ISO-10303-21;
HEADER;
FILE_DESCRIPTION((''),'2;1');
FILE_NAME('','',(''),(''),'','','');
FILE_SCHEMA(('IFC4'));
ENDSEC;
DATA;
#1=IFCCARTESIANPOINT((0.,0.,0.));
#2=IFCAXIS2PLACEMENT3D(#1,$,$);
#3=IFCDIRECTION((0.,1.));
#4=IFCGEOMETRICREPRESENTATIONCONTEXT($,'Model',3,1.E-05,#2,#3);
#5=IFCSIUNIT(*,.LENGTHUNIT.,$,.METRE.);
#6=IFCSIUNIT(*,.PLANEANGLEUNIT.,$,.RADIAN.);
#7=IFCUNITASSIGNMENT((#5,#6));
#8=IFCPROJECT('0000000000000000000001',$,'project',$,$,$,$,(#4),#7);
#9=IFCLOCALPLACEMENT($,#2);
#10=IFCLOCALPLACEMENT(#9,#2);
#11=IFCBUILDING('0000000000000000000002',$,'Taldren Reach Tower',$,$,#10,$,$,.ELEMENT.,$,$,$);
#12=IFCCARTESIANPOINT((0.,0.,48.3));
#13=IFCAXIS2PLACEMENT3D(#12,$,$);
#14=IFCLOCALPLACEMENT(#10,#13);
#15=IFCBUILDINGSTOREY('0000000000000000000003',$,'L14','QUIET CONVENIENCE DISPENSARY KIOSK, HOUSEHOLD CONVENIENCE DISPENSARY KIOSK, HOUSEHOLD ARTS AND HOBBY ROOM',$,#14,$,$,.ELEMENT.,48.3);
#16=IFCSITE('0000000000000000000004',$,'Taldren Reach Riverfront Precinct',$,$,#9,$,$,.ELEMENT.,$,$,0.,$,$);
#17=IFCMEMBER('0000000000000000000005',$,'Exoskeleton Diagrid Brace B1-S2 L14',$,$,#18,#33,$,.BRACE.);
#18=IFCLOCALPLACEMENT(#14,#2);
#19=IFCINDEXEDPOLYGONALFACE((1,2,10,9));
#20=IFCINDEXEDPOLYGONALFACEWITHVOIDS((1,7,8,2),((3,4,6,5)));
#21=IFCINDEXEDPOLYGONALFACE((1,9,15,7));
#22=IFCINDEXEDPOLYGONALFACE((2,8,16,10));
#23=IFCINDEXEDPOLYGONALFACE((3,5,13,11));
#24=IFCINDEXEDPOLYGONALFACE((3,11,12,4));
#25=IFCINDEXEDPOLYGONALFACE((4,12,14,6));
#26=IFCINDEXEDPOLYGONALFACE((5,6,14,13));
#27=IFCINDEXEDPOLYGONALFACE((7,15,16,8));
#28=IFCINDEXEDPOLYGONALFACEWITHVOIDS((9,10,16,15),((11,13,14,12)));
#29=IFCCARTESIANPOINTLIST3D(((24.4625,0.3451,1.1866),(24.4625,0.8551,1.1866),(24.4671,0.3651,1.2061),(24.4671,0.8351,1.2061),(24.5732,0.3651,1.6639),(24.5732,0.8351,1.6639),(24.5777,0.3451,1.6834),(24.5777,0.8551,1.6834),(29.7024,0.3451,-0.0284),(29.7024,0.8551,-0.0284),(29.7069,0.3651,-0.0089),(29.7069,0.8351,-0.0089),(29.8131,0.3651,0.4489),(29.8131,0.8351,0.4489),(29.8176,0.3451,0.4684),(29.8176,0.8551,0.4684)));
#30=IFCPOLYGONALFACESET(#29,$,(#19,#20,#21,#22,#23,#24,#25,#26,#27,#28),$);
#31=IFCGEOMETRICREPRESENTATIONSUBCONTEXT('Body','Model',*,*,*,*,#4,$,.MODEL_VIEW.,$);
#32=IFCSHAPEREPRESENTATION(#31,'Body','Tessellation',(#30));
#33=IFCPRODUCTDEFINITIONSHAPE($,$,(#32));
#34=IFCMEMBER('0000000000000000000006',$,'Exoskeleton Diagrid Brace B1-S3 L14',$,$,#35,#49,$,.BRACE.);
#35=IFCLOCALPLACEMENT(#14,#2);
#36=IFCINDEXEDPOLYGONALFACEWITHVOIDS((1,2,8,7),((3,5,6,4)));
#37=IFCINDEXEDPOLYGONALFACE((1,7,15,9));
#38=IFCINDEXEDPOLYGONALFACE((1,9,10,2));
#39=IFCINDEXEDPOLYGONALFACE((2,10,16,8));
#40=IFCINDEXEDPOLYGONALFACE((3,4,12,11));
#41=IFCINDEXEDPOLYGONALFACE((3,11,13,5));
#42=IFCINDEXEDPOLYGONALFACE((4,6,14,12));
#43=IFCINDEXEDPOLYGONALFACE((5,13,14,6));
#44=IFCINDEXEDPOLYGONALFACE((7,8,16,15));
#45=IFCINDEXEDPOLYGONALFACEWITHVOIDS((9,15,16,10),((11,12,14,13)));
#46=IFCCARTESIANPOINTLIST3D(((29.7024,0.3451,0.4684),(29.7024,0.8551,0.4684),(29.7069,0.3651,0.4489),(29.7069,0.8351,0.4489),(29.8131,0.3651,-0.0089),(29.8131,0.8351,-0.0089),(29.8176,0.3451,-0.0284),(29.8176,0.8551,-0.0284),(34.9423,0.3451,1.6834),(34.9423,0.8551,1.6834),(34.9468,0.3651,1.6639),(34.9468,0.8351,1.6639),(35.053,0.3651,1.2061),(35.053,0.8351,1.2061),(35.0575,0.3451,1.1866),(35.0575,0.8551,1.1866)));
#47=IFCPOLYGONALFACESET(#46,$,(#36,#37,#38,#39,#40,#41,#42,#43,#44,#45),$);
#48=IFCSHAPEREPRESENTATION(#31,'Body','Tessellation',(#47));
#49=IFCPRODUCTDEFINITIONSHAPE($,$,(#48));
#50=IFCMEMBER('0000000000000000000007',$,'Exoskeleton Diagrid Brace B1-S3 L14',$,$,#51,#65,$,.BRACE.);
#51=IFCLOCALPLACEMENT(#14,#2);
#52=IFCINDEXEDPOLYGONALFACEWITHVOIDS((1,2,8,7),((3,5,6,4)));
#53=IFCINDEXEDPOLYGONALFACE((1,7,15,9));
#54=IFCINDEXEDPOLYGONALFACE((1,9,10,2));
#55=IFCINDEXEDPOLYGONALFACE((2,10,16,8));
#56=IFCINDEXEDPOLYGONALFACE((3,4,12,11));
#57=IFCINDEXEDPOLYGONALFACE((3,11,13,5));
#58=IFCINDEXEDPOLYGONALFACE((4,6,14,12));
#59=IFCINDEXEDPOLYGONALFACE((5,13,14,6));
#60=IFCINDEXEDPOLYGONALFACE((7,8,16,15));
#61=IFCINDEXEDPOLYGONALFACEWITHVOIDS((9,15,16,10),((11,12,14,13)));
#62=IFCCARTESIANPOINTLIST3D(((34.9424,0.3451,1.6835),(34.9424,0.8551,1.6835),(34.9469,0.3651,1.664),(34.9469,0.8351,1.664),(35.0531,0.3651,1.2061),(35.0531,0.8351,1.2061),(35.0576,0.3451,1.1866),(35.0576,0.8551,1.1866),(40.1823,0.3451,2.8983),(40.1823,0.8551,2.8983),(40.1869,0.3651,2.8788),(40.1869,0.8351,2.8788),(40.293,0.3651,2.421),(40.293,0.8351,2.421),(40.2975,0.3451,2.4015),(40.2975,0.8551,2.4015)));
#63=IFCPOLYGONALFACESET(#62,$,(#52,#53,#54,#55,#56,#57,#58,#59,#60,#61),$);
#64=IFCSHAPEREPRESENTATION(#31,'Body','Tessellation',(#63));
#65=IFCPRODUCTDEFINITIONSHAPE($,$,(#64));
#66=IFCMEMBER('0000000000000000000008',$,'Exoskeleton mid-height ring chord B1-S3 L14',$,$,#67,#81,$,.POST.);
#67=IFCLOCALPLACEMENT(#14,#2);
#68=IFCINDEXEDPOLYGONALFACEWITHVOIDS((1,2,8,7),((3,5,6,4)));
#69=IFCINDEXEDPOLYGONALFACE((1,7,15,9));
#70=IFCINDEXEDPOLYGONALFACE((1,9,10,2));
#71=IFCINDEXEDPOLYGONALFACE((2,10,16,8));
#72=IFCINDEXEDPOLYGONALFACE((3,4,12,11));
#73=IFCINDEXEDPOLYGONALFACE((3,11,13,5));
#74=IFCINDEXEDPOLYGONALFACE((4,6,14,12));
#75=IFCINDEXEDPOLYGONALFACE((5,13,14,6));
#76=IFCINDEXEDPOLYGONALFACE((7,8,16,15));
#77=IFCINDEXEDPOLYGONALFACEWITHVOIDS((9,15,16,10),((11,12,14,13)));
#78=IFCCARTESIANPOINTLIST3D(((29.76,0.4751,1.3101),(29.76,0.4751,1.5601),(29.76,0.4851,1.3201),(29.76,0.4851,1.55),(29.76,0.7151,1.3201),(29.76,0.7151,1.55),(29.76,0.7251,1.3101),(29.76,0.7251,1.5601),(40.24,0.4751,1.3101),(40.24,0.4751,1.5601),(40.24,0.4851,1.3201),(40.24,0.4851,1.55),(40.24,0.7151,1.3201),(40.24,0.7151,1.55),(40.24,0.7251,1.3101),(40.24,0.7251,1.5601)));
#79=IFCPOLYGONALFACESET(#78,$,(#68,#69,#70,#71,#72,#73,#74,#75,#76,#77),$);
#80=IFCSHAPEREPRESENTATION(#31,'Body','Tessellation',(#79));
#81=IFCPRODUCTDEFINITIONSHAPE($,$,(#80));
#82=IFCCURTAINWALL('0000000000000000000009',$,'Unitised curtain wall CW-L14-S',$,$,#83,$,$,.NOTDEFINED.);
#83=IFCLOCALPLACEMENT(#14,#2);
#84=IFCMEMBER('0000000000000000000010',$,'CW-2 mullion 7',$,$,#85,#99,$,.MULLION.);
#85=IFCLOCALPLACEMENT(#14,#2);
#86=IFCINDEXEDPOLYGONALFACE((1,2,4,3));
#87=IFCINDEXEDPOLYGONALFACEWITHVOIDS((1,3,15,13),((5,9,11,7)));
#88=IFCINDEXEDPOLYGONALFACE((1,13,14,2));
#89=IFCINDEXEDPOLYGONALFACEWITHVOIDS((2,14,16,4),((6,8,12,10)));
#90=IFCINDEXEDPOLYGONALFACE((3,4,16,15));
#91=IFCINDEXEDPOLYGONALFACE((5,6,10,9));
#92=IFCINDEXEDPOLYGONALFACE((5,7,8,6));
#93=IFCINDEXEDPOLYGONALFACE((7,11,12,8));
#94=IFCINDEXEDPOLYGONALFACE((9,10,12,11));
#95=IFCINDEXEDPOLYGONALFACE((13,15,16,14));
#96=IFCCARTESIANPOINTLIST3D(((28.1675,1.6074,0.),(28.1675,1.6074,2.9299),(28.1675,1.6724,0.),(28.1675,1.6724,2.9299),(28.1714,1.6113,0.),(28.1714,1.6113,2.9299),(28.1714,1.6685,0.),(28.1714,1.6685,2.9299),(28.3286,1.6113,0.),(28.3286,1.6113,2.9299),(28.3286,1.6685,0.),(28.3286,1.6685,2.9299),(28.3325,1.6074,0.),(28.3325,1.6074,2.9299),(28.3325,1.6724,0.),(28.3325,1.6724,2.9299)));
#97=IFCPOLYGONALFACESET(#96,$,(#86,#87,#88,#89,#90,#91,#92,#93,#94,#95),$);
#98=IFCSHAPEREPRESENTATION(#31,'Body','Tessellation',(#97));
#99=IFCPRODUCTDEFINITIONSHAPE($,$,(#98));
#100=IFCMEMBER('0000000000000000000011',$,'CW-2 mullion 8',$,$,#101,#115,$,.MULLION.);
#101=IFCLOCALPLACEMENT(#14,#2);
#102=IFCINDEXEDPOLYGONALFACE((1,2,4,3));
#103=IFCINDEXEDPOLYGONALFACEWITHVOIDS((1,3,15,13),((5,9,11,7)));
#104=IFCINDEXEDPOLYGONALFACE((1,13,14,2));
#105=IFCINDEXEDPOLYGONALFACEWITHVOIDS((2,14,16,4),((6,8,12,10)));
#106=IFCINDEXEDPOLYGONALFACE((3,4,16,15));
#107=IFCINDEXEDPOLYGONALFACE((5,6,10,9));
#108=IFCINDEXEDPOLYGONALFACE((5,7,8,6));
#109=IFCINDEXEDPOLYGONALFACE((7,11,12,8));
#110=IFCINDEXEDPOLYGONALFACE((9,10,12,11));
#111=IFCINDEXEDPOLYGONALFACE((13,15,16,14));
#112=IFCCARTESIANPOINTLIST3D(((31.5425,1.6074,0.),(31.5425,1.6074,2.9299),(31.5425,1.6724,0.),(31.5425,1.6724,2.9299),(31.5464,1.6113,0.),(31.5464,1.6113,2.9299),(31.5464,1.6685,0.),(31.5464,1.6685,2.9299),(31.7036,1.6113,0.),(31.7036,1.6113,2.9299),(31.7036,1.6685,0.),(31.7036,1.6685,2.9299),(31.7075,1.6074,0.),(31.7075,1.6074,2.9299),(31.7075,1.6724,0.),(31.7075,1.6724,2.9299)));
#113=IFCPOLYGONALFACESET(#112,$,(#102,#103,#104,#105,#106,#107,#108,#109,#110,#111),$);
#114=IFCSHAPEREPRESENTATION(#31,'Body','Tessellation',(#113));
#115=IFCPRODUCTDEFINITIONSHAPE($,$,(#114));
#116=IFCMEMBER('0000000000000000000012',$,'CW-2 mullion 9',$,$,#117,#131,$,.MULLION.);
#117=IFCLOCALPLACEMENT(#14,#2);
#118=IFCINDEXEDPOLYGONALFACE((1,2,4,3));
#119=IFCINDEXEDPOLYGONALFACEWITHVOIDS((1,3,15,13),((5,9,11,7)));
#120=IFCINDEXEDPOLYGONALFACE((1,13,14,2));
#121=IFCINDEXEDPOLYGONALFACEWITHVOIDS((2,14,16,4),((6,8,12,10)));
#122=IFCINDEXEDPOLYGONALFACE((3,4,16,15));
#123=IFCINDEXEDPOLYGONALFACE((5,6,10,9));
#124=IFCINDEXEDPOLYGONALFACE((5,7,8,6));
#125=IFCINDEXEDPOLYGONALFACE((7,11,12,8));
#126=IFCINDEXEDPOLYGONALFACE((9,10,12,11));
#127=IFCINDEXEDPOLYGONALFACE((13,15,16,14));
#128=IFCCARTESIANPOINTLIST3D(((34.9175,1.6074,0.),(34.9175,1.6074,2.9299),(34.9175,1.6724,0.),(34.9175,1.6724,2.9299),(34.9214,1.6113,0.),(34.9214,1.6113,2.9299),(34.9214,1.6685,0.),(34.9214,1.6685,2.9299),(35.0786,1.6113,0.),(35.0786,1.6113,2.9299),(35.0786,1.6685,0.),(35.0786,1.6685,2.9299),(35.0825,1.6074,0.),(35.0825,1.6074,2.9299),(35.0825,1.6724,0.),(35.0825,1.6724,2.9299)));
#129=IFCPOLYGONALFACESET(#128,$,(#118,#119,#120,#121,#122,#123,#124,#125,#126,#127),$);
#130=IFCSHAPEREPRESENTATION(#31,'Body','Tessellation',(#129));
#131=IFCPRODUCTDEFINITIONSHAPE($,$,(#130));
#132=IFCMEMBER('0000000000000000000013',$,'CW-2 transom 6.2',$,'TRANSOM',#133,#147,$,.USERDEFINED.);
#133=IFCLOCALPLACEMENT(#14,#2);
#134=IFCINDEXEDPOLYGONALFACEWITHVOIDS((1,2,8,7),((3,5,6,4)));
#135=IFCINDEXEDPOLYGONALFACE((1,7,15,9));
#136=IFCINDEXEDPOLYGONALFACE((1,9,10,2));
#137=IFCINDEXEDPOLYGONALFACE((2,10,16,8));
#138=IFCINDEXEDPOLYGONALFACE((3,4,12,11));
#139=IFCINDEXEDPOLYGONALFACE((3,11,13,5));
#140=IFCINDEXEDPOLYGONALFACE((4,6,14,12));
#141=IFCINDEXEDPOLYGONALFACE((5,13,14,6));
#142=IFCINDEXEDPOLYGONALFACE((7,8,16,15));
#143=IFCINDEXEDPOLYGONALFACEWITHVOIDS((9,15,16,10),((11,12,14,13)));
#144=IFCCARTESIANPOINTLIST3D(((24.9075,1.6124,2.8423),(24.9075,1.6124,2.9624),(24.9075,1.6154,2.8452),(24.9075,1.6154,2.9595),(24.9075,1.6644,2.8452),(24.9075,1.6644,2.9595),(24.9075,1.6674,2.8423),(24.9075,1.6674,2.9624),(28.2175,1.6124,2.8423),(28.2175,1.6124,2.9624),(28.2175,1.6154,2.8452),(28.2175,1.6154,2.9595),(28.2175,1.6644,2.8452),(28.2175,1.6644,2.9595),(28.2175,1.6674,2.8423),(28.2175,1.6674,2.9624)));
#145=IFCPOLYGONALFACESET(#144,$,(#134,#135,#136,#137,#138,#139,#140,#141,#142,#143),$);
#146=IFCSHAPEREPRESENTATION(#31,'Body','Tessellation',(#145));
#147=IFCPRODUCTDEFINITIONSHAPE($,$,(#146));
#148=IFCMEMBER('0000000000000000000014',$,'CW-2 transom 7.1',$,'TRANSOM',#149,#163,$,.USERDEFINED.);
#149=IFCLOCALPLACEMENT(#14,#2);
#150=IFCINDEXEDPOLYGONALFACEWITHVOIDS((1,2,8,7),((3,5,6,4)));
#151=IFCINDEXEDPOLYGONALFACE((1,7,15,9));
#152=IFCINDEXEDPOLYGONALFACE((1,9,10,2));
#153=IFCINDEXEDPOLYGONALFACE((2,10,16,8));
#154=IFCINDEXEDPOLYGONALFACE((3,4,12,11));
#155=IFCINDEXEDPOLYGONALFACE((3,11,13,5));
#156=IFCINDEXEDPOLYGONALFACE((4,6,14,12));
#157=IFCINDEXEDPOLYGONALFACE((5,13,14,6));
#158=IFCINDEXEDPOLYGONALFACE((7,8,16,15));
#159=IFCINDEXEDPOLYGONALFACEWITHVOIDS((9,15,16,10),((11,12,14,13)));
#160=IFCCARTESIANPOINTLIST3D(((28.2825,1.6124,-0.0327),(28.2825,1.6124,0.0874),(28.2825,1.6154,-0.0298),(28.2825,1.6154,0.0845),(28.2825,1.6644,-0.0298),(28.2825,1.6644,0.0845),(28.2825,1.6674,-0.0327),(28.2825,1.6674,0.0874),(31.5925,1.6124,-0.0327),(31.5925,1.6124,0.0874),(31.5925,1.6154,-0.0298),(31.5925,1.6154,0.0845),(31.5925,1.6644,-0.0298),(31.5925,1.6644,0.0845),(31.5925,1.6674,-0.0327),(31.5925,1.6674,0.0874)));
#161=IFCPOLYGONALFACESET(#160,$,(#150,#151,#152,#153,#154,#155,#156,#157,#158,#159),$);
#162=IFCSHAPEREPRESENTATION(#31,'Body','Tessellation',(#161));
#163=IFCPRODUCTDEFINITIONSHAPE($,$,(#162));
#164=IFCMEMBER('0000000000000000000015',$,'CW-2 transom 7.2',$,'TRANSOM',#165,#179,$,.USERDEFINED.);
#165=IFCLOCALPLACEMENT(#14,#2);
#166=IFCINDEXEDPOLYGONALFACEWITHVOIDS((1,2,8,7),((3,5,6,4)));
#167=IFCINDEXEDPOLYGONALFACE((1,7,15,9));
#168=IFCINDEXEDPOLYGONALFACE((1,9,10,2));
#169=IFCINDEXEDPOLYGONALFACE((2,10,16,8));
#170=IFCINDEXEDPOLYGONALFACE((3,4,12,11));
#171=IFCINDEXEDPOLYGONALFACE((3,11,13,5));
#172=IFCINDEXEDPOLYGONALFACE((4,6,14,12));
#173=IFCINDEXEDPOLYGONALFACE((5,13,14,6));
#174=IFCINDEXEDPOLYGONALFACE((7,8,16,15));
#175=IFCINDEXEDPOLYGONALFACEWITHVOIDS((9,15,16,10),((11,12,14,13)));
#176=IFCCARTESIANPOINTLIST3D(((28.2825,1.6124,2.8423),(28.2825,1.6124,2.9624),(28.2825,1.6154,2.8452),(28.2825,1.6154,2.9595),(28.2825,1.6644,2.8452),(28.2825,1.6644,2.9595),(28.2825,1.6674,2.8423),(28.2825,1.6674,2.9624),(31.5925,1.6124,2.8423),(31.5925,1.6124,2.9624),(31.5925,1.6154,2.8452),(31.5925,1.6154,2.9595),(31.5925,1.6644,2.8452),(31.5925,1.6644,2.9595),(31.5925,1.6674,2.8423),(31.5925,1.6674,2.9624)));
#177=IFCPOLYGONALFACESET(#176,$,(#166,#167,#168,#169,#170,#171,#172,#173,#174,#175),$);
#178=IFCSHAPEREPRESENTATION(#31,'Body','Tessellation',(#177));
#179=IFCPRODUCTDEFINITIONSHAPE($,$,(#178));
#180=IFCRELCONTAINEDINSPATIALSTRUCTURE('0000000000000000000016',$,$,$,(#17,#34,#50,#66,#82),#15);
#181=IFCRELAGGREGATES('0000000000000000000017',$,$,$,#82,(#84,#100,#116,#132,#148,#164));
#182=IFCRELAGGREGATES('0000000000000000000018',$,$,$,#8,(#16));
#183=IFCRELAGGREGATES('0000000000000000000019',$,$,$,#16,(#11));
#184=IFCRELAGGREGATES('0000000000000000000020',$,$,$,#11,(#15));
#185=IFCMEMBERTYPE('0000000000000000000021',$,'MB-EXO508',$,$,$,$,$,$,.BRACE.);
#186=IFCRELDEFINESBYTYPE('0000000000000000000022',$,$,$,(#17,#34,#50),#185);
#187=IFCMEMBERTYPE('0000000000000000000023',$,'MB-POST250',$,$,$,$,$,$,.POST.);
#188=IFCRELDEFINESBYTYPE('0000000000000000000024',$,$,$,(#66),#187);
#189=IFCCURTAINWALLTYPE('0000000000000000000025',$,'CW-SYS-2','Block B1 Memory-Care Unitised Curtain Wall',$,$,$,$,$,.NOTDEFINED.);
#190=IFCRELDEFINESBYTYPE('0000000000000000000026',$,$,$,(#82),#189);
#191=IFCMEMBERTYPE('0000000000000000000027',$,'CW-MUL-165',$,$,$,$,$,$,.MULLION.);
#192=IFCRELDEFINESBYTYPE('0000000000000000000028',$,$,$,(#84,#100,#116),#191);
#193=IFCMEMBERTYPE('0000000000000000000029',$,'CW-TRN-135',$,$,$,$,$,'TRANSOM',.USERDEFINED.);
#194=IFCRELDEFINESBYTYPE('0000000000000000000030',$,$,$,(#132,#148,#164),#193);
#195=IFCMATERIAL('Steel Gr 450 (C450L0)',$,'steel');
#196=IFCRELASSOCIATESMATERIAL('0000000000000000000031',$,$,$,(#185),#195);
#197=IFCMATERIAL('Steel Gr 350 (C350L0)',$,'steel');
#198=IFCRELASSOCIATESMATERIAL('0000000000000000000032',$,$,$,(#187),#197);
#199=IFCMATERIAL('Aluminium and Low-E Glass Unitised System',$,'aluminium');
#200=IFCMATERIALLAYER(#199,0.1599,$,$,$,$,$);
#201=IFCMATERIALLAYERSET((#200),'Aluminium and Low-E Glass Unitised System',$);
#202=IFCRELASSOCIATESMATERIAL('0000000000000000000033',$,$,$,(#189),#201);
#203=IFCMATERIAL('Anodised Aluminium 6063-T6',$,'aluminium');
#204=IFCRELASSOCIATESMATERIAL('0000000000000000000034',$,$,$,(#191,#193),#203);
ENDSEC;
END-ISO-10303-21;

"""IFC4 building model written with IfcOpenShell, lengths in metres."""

from ifc_helpers import new_model, si_unit, direction, frame, origin, origin_2d, place, context, subcontext, project, spatial, hollow_rectangle, extrude, source, transform, mapped, material, layer, layer_set, material_profile, profile_set, type_object, element, aggregate, save


model = new_model("IFC4")

# Units and contexts
model_context = context("Model", 3, precision=1e-05, world=origin(), true_north=direction((0.0, 1.0)))
body_context = subcontext(model_context, "Body", "Model", "MODEL_VIEW")
ifc_project = project(units=[si_unit("LENGTHUNIT", "METRE"), si_unit("PLANEANGLEUNIT", "RADIAN")], contexts=[model_context])

# Site, building, storey
site_placement = place(None, origin())
site = spatial("IfcSite", under=ifc_project, at=site_placement, Name="Taldren Reach Riverfront Precinct", CompositionType="ELEMENT", RefElevation=0.0)
building_placement = place(site_placement, origin())
building = spatial("IfcBuilding", under=site, at=building_placement, Name="Taldren Reach Tower", CompositionType="ELEMENT")
storey_placement = place(building_placement, frame((0.0, 0.0, 48.3)))
storey = spatial("IfcBuildingStorey", under=building, at=storey_placement, Name="L14", Description="QUIET CONVENIENCE DISPENSARY KIOSK, HOUSEHOLD CONVENIENCE DISPENSARY KIOSK, HOUSEHOLD ARTS AND HOBBY ROOM", CompositionType="ELEMENT", Elevation=48.3)

# Members
ifc_material_1 = material(Name="Steel Gr 450 (C450L0)", Category="steel")
ifc_material_profile_1 = material_profile(ifc_material_1, hollow_rectangle(XDim=0.51, YDim=0.51, WallThickness=0.02, at=origin_2d()), Name="510x510x20.0SHS")
ifc_profile_set_1 = profile_set([ifc_material_profile_1], Name="Steel Gr 450 (C450L0)")
member_type_1 = type_object("IfcMemberType", Name="MB-EXO508", PredefinedType="BRACE", material=ifc_profile_set_1)
shared_shape_1 = source(origin(), body_context, "Body", "SweptSolid", [
    extrude(hollow_rectangle(XDim=0.51, YDim=0.51, WallThickness=0.02, at=origin_2d()), origin(), (0.0, 0.0, 1.0), 5.3789),
])
for number, where, z_axis, x_axis, name in (
    (1, (29.76, 0.6001, 0.22), (-0.974152, 0.0, 0.225894), (0.0, -1.0, 0.0), "Exoskeleton Diagrid Brace B1-S2 L14"),
    (2, (29.76, 0.6001, 0.22), (0.974152, 0.0, 0.225894), (0.0, 1.0, 0.0), "Exoskeleton Diagrid Brace B1-S3 L14"),
    (3, (35.0, 0.6001, 1.4351), (0.974162, 0.0, 0.225851), (0.0, 1.0, 0.0), "Exoskeleton Diagrid Brace B1-S3 L14"),
):
    element("IfcMember", number, at=place(storey_placement, frame(where, z_axis=z_axis, x_axis=x_axis)), inside=storey, type_object=member_type_1, Name=name, PredefinedType="BRACE", context=body_context, shape_type="MappedRepresentation", body=[
        mapped(shared_shape_1, transform((0.0, 0.0, 0.0), scale=1.0)),
    ])
ifc_material_2 = material(Name="Steel Gr 350 (C350L0)", Category="steel")
ifc_material_profile_2 = material_profile(ifc_material_2, hollow_rectangle(XDim=0.25, YDim=0.25, WallThickness=0.01, at=origin_2d()), Name="250x250x10.0SHS")
ifc_profile_set_2 = profile_set([ifc_material_profile_2], Name="Steel Gr 350 (C350L0)")
member_type_2 = type_object("IfcMemberType", Name="MB-POST250", PredefinedType="POST", material=ifc_profile_set_2)
shared_shape_2 = source(origin(), body_context, "Body", "SweptSolid", [
    extrude(hollow_rectangle(XDim=0.25, YDim=0.25, WallThickness=0.01, at=origin_2d()), origin(), (0.0, 0.0, 1.0), 10.48),
])
member_1_placement = place(storey_placement, frame((29.76, 0.6001, 1.4351), z_axis=(1.0, 0.0, 0.0), x_axis=(0.0, 1.0, 0.0)))
element("IfcMember", 4, at=member_1_placement, inside=storey, type_object=member_type_2, Name="Exoskeleton mid-height ring chord B1-S3 L14", PredefinedType="POST", context=body_context, shape_type="MappedRepresentation", body=[
    mapped(shared_shape_2, transform((0.0, 0.0, 0.0), scale=1.0)),
])

# Curtain wall, members
ifc_material_3 = material(Name="Aluminium and Low-E Glass Unitised System", Category="aluminium")
ifc_layer_1 = layer(ifc_material_3, 0.1599)
ifc_layer_set_1 = layer_set([ifc_layer_1], Name="Aluminium and Low-E Glass Unitised System")
curtain_wall_type = type_object("IfcCurtainWallType", Name="CW-SYS-2", Description="Block B1 Memory-Care Unitised Curtain Wall", PredefinedType="NOTDEFINED", material=ifc_layer_set_1)
curtain_wall_placement = place(storey_placement, origin())
curtain_wall = element("IfcCurtainWall", 5, at=curtain_wall_placement, inside=storey, type_object=curtain_wall_type, Name="Unitised curtain wall CW-L14-S", PredefinedType="NOTDEFINED")
ifc_material_4 = material(Name="Anodised Aluminium 6063-T6", Category="aluminium")
ifc_material_profile_3 = material_profile(ifc_material_4, hollow_rectangle(XDim=0.0649, YDim=0.165, WallThickness=0.0039, at=origin_2d()), Name="ALU-165x65x4RHS")
ifc_profile_set_3 = profile_set([ifc_material_profile_3], Name="Anodised Aluminium 6063-T6")
member_type_3 = type_object("IfcMemberType", Name="CW-MUL-165", PredefinedType="MULLION", material=ifc_profile_set_3)
shared_shape_3 = source(origin(), body_context, "Body", "SweptSolid", [
    extrude(hollow_rectangle(XDim=0.0649, YDim=0.165, WallThickness=0.0039, at=origin_2d()), origin(), (0.0, 0.0, 1.0), 2.9299),
])
member_2_placement = place(storey_placement, frame((28.25, 1.6399, 0.0), z_axis=(0.0, 0.0, 1.0), x_axis=(0.0, 1.0, 0.0)))
member_2 = element("IfcMember", 6, at=member_2_placement, type_object=member_type_3, Name="CW-2 mullion 7", PredefinedType="MULLION", context=body_context, shape_type="MappedRepresentation", body=[
    mapped(shared_shape_3, transform((0.0, 0.0, 0.0), scale=1.0)),
])
member_3_placement = place(storey_placement, frame((31.625, 1.6399, 0.0), z_axis=(0.0, 0.0, 1.0), x_axis=(0.0, 1.0, 0.0)))
member_3 = element("IfcMember", 7, at=member_3_placement, type_object=member_type_3, Name="CW-2 mullion 8", PredefinedType="MULLION", context=body_context, shape_type="MappedRepresentation", body=[
    mapped(shared_shape_3, transform((0.0, 0.0, 0.0), scale=1.0)),
])
member_4_placement = place(storey_placement, frame((35.0, 1.6399, 0.0), z_axis=(0.0, 0.0, 1.0), x_axis=(0.0, 1.0, 0.0)))
member_4 = element("IfcMember", 8, at=member_4_placement, type_object=member_type_3, Name="CW-2 mullion 9", PredefinedType="MULLION", context=body_context, shape_type="MappedRepresentation", body=[
    mapped(shared_shape_3, transform((0.0, 0.0, 0.0), scale=1.0)),
])
ifc_material_profile_4 = material_profile(ifc_material_4, hollow_rectangle(XDim=0.0549, YDim=0.1201, WallThickness=0.0029, at=origin_2d()), Name="ALU-120x55x3RHS")
ifc_profile_set_4 = profile_set([ifc_material_profile_4], Name="Anodised Aluminium 6063-T6")
member_type_4 = type_object("IfcMemberType", Name="CW-TRN-135", ElementType="TRANSOM", PredefinedType="USERDEFINED", material=ifc_profile_set_4)
shared_shape_4 = source(origin(), body_context, "Body", "SweptSolid", [
    extrude(hollow_rectangle(XDim=0.0549, YDim=0.1201, WallThickness=0.0029, at=origin_2d()), origin(), (0.0, 0.0, 1.0), 3.3101),
])
member_5_placement = place(storey_placement, frame((24.9075, 1.6399, 2.9023), z_axis=(1.0, 0.0, 0.0), x_axis=(0.0, 1.0, 0.0)))
member_5 = element("IfcMember", 9, at=member_5_placement, type_object=member_type_4, Name="CW-2 transom 6.2", ObjectType="TRANSOM", PredefinedType="USERDEFINED", context=body_context, shape_type="MappedRepresentation", body=[
    mapped(shared_shape_4, transform((0.0, 0.0, 0.0), scale=1.0)),
])
member_6_placement = place(storey_placement, frame((28.2825, 1.6399, 0.0273), z_axis=(1.0, 0.0, 0.0), x_axis=(0.0, 1.0, 0.0)))
member_6 = element("IfcMember", 10, at=member_6_placement, type_object=member_type_4, Name="CW-2 transom 7.1", ObjectType="TRANSOM", PredefinedType="USERDEFINED", context=body_context, shape_type="MappedRepresentation", body=[
    mapped(shared_shape_4, transform((0.0, 0.0, 0.0), scale=1.0)),
])
member_7_placement = place(storey_placement, frame((28.2825, 1.6399, 2.9023), z_axis=(1.0, 0.0, 0.0), x_axis=(0.0, 1.0, 0.0)))
member_7 = element("IfcMember", 11, at=member_7_placement, type_object=member_type_4, Name="CW-2 transom 7.2", ObjectType="TRANSOM", PredefinedType="USERDEFINED", context=body_context, shape_type="MappedRepresentation", body=[
    mapped(shared_shape_4, transform((0.0, 0.0, 0.0), scale=1.0)),
])

aggregate(curtain_wall, [member_2, member_3, member_4, member_5, member_6, member_7])

save(model, "model.ifc")
